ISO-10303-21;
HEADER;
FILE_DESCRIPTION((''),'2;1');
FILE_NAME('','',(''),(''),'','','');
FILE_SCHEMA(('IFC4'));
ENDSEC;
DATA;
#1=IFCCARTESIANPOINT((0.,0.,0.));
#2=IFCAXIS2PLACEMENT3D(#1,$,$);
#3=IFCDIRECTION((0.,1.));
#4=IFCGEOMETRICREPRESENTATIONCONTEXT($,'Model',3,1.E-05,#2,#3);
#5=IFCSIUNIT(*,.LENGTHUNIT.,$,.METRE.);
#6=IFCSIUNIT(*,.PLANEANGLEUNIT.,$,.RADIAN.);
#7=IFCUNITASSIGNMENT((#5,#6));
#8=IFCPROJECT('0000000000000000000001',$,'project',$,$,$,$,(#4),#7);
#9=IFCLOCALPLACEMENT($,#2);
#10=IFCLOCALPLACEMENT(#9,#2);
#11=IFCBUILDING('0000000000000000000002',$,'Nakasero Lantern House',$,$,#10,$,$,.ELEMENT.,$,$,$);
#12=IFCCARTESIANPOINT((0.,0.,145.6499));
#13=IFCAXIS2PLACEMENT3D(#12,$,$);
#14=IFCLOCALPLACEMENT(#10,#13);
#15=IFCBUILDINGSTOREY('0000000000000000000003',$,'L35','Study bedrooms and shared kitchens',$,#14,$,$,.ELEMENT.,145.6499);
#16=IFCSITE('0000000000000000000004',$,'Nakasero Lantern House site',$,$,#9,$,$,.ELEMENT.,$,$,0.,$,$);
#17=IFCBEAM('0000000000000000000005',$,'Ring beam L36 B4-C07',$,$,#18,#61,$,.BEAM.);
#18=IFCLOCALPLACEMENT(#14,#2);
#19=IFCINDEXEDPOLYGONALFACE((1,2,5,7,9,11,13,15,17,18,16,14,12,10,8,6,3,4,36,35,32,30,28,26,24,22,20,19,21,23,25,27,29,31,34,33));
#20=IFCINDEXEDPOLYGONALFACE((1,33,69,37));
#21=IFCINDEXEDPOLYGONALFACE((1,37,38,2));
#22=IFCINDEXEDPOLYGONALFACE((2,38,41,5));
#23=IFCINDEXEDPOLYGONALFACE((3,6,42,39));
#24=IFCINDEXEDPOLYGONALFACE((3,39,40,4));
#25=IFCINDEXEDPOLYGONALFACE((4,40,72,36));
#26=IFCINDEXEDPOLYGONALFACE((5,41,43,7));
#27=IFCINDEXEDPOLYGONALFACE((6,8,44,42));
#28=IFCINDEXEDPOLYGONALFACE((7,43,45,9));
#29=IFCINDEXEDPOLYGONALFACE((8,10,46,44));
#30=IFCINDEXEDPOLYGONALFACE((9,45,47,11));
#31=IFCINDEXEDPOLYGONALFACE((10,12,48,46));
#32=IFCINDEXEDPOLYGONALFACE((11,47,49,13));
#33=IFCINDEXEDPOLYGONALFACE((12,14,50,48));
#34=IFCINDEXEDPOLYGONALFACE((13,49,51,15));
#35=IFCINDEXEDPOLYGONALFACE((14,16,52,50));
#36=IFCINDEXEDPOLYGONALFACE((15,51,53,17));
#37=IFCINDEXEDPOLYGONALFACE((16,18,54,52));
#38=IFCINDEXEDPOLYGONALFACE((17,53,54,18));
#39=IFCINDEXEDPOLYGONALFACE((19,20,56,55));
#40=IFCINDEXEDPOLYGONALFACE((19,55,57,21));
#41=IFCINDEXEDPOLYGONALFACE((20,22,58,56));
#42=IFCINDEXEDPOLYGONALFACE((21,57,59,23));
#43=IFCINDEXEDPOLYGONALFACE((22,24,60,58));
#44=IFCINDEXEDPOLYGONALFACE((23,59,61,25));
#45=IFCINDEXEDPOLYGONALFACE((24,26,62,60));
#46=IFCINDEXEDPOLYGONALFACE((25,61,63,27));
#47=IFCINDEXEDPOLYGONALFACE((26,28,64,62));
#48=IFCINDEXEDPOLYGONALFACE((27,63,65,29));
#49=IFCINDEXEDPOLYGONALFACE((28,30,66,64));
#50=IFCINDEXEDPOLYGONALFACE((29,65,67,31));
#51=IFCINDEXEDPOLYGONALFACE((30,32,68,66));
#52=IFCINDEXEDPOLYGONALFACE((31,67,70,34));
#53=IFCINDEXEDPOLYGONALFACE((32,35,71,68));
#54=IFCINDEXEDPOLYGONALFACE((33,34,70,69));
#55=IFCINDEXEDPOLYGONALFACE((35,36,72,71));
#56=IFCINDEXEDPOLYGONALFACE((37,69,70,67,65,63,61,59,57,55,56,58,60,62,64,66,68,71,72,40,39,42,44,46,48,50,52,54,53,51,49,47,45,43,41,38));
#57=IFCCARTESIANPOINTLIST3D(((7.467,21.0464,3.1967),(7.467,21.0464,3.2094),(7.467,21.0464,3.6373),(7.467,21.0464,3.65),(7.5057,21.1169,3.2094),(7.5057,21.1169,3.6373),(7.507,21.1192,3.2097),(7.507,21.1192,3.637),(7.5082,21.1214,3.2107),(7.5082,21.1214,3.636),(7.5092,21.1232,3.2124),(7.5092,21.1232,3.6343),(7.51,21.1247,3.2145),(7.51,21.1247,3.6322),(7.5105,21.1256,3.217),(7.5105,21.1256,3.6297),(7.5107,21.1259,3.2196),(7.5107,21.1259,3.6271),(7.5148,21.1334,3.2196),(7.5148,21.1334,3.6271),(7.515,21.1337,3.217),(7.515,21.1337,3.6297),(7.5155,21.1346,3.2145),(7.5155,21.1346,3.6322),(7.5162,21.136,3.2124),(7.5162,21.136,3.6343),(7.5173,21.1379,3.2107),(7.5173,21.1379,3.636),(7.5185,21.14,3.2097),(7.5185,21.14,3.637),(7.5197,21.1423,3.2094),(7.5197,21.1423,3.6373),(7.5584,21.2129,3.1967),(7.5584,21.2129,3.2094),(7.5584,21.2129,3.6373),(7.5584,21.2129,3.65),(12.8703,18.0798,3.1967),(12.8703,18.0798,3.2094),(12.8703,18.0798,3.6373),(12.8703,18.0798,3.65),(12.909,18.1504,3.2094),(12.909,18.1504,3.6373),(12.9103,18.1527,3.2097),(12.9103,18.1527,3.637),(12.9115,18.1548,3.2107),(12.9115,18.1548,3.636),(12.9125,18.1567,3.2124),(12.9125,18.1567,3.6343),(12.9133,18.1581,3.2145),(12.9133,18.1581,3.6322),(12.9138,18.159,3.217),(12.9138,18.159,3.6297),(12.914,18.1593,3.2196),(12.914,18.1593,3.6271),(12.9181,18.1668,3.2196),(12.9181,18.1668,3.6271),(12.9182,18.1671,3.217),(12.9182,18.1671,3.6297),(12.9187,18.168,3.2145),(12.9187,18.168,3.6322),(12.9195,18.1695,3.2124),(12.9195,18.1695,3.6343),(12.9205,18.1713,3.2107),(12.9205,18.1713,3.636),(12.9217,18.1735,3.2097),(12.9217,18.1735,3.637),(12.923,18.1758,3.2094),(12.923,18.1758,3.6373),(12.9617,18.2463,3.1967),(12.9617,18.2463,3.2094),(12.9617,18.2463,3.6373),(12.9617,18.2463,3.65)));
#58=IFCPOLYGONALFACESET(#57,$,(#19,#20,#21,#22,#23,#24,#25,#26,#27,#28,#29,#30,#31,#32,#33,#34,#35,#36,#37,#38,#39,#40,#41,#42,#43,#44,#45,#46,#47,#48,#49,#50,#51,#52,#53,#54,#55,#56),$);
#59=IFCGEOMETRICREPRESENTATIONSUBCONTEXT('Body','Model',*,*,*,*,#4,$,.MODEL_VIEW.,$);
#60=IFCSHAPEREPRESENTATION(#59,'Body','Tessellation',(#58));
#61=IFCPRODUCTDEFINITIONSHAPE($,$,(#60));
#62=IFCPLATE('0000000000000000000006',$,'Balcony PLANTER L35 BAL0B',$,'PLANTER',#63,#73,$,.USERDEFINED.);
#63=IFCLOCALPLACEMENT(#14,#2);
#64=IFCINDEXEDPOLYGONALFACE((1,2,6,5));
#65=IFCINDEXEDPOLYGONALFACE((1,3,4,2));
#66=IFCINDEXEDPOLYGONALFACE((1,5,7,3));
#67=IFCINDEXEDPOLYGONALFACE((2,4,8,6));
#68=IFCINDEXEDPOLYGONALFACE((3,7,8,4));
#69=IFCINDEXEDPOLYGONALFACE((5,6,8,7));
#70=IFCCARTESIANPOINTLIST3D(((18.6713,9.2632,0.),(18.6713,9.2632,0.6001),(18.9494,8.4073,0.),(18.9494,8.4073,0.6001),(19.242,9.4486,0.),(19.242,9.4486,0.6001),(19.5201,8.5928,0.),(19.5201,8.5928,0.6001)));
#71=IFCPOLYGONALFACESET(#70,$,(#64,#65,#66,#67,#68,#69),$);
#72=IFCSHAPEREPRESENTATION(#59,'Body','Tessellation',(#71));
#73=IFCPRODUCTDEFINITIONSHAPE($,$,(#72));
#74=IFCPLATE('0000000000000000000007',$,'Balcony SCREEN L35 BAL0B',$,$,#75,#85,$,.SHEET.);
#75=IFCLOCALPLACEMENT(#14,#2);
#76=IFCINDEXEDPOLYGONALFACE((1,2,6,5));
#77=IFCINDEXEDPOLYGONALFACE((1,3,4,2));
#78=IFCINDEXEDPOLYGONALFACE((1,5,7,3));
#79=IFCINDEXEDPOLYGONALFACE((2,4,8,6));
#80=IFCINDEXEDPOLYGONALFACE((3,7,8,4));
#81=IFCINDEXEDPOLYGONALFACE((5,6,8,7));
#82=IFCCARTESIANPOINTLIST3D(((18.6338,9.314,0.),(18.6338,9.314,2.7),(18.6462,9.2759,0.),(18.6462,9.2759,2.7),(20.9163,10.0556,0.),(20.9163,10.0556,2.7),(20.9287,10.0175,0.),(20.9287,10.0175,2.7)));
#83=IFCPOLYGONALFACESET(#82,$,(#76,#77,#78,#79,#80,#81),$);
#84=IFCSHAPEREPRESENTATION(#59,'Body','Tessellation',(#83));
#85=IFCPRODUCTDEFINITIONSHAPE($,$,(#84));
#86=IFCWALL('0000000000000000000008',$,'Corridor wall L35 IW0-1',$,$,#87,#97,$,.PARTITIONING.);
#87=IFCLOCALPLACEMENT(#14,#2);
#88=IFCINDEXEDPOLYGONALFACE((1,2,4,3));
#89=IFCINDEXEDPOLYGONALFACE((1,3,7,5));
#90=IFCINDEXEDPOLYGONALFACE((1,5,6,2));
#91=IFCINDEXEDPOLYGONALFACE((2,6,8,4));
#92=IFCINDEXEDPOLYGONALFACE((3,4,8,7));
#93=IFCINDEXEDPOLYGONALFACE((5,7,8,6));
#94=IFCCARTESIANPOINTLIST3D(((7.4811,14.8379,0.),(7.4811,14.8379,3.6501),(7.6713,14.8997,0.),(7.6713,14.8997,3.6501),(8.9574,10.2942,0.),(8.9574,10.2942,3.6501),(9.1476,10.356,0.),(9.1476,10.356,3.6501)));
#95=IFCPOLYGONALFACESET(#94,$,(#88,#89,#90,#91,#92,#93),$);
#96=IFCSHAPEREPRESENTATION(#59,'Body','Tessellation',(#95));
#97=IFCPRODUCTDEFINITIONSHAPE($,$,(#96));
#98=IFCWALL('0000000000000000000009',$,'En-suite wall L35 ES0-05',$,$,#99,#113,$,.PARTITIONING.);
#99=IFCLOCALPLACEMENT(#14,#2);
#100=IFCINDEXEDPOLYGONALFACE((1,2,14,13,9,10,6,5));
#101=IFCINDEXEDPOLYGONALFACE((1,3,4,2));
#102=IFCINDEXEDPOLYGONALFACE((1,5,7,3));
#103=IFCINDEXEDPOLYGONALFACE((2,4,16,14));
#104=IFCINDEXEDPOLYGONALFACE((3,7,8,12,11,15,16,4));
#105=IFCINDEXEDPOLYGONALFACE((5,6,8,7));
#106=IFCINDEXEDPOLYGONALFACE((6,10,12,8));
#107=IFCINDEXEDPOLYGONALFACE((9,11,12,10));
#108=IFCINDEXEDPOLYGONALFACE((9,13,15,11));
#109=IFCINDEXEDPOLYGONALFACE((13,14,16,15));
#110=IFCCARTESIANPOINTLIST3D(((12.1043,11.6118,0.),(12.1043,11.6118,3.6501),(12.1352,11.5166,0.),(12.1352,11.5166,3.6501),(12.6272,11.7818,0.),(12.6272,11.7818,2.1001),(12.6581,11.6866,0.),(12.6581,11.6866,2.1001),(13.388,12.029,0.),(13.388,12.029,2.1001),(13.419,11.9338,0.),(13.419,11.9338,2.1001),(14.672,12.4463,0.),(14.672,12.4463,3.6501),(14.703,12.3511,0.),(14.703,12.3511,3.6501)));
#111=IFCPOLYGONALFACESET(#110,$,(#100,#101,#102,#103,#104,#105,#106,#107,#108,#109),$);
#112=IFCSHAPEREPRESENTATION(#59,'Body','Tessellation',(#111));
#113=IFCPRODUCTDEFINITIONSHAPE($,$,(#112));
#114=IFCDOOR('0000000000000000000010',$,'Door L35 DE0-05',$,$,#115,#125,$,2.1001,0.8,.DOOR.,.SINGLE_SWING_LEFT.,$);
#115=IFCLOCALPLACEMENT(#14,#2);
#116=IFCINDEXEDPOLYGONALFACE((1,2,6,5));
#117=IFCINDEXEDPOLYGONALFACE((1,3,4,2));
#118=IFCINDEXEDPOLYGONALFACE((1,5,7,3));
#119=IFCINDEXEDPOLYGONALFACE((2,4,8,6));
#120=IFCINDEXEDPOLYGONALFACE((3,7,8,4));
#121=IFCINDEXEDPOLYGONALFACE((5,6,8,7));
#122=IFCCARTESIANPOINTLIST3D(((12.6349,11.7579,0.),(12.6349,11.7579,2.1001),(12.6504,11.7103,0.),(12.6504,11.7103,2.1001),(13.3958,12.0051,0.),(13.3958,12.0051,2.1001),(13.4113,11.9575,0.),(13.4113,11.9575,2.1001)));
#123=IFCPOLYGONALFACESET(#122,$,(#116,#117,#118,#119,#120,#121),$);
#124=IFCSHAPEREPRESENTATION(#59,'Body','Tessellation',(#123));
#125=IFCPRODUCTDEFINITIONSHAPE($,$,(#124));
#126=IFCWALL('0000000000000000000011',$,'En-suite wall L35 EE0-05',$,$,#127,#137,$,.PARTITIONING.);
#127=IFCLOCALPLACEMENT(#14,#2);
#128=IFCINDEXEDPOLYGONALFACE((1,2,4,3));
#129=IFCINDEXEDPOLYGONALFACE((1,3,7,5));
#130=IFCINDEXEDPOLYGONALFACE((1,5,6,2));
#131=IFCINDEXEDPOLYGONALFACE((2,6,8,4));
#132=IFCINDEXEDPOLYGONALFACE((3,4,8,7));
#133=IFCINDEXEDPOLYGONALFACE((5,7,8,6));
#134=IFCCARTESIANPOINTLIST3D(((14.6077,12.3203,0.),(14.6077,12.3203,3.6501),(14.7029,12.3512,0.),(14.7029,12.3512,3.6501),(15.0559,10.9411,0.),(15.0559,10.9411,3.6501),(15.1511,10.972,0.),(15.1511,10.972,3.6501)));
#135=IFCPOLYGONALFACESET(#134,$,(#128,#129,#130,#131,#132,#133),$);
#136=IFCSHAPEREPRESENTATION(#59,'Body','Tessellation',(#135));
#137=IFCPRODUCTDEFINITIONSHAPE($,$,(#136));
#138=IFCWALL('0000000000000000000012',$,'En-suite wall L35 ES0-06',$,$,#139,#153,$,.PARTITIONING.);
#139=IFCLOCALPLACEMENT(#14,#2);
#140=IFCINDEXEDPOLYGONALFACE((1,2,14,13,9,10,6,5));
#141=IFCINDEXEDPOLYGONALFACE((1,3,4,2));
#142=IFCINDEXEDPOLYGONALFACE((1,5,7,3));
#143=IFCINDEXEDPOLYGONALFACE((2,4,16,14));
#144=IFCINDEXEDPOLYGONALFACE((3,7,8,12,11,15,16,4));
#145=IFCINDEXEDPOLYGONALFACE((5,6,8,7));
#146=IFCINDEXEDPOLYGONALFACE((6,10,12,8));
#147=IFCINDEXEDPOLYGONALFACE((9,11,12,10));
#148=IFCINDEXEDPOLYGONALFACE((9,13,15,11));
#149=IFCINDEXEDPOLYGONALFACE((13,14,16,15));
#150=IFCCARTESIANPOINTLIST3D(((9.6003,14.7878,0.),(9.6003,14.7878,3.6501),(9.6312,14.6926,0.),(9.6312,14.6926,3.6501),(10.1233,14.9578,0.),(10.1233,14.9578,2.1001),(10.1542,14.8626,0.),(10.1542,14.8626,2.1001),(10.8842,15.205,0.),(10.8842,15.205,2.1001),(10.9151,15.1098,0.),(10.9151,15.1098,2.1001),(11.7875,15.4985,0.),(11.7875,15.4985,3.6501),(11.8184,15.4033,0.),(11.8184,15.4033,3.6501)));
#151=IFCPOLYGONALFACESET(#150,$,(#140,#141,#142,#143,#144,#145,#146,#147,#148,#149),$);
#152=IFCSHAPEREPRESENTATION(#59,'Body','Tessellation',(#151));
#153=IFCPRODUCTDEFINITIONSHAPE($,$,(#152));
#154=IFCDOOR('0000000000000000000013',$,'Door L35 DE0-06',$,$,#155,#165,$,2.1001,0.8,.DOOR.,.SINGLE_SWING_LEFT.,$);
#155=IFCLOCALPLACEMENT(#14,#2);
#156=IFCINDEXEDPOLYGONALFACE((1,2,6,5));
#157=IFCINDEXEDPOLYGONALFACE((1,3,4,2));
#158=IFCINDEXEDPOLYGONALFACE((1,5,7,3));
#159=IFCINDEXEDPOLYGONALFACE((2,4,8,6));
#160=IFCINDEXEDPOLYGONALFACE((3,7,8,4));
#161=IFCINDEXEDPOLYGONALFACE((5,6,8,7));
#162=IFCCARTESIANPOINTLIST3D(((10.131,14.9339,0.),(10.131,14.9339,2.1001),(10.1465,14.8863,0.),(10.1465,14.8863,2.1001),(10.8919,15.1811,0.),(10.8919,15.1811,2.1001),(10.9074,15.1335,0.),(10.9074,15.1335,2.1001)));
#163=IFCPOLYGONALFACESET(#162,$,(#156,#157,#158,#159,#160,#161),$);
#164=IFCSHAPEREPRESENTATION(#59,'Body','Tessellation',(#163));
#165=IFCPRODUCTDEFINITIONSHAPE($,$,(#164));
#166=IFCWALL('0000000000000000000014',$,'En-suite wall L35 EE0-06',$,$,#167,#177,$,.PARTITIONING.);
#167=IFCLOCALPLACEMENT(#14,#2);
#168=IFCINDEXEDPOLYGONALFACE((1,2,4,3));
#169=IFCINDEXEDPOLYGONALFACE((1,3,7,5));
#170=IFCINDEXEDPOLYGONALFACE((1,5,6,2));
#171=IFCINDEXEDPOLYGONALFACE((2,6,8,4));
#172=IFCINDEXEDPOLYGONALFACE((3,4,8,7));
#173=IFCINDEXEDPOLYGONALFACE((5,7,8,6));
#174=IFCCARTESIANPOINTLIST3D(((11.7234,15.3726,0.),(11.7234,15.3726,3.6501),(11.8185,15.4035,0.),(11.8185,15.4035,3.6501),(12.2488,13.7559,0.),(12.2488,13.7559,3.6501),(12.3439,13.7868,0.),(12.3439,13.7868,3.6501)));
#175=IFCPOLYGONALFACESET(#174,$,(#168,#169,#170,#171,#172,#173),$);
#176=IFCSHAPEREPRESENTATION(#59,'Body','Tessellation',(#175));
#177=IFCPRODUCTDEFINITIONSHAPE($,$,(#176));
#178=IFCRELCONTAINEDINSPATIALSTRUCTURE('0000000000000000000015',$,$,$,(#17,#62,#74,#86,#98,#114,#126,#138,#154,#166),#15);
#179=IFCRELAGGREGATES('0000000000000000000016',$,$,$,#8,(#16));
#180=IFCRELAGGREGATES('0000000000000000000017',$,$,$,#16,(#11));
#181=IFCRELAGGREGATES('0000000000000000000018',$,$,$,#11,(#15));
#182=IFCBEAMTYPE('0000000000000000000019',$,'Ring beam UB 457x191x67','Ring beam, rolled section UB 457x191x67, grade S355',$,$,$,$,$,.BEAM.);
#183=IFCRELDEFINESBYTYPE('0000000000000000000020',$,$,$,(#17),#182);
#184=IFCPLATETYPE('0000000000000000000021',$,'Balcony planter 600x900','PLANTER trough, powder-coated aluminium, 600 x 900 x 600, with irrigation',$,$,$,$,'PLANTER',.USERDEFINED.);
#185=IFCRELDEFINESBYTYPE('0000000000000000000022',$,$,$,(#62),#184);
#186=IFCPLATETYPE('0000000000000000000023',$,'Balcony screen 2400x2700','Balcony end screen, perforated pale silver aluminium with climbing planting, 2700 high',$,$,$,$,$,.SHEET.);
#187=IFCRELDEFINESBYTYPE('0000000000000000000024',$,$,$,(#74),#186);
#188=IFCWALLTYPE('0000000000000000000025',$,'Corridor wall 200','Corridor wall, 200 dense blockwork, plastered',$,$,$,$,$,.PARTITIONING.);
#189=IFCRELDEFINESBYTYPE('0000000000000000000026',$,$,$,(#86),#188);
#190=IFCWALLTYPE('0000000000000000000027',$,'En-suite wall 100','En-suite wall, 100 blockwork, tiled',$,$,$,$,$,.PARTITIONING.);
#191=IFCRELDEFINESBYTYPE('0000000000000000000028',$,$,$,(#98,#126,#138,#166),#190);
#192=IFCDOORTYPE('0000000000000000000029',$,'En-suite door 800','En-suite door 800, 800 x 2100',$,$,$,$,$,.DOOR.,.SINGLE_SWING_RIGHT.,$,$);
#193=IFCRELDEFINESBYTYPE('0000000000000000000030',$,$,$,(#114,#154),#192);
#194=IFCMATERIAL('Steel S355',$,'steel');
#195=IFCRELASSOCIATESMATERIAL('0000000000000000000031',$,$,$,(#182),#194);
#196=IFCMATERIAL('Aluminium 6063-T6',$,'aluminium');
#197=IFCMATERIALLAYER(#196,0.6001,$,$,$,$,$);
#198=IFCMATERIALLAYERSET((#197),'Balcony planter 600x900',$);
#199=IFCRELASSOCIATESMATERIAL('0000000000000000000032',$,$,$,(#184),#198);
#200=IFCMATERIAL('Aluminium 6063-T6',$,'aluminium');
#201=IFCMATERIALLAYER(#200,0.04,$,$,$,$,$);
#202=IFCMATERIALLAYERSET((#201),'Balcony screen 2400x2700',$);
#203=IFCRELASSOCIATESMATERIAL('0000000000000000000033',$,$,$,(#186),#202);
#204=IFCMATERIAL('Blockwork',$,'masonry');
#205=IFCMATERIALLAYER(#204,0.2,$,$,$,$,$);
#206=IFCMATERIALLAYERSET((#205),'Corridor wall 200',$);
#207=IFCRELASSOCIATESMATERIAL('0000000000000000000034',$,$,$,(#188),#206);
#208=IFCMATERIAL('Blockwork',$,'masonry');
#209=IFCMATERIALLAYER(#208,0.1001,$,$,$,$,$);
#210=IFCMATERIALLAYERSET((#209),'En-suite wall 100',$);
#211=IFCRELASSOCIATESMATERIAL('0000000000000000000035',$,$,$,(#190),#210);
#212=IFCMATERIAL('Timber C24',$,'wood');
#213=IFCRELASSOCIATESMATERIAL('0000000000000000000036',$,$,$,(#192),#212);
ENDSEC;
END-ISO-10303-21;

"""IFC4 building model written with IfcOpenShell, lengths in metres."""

from ifc_helpers import new_model, si_unit, direction, frame, frame_2d, origin, origin_2d, place, context, subcontext, project, spatial, rectangle, i_section, extrude, material, layer, layer_set, material_profile, profile_set, type_object, element, fill, save


model = new_model("IFC4")

# Units and contexts
model_context = context("Model", 3, precision=1e-05, world=origin(), true_north=direction((0.0, 1.0)))
body_context = subcontext(model_context, "Body", "Model", "MODEL_VIEW")
ifc_project = project(units=[si_unit("LENGTHUNIT", "METRE"), si_unit("PLANEANGLEUNIT", "RADIAN")], contexts=[model_context])

# Site, building, storey
site_placement = place(None, origin())
site = spatial("IfcSite", under=ifc_project, at=site_placement, Name="Nakasero Lantern House site", CompositionType="ELEMENT", RefElevation=0.0)
building_placement = place(site_placement, origin())
building = spatial("IfcBuilding", under=site, at=building_placement, Name="Nakasero Lantern House", CompositionType="ELEMENT")
storey_placement = place(building_placement, frame((0.0, 0.0, 145.6499)))
storey = spatial("IfcBuildingStorey", under=building, at=storey_placement, Name="L35", Description="Study bedrooms and shared kitchens", CompositionType="ELEMENT", Elevation=145.6499)

# Beam
ifc_material_1 = material(Name="Steel S355", Category="steel")
ifc_material_profile_1 = material_profile(ifc_material_1, i_section(OverallWidth=0.1899, OverallDepth=0.4534, WebThickness=0.0085, FlangeThickness=0.0127, FilletRadius=0.0103, at=origin_2d()), Name="UB 457x191x67")
ifc_profile_set_1 = profile_set([ifc_material_profile_1], Name="Steel S355")
beam_type_1 = type_object("IfcBeamType", Name="Ring beam UB 457x191x67", Description="Ring beam, rolled section UB 457x191x67, grade S355", PredefinedType="BEAM", material=ifc_profile_set_1)
beam_1_placement = place(storey_placement, frame((12.916, 18.1631, 3.4233), z_axis=(-0.876577, 0.481262, 0.0), x_axis=(-0.481262, -0.876577, 0.0)))
element("IfcBeam", 1, at=beam_1_placement, inside=storey, type_object=beam_type_1, Name="Ring beam L36 B4-C07", PredefinedType="BEAM", context=body_context, shape_type="SweptSolid", body=[
    extrude(i_section(OverallWidth=0.1899, OverallDepth=0.4534, WebThickness=0.0085, FlangeThickness=0.0127, FilletRadius=0.0103, at=origin_2d()), origin(), (0.0, 0.0, 1.0), 6.1641),
])

# Plates
ifc_material_2 = material(Name="Aluminium 6063-T6", Category="aluminium")
ifc_layer_1 = layer(ifc_material_2, 0.6001)
ifc_layer_set_1 = layer_set([ifc_layer_1], Name="Balcony planter 600x900")
plate_type_1 = type_object("IfcPlateType", Name="Balcony planter 600x900", Description="PLANTER trough, powder-coated aluminium, 600 x 900 x 600, with irrigation", ElementType="PLANTER", PredefinedType="USERDEFINED", material=ifc_layer_set_1)
plate_1_placement = place(storey_placement, frame((19.0957, 8.928, 0.0), z_axis=(0.0, 0.0, 1.0), x_axis=(0.951057, 0.309017, 0.0)))
element("IfcPlate", 2, at=plate_1_placement, inside=storey, type_object=plate_type_1, Name="Balcony PLANTER L35 BAL0B", ObjectType="PLANTER", PredefinedType="USERDEFINED", context=body_context, shape_type="SweptSolid", body=[
    extrude(rectangle(XDim=0.6001, YDim=0.8999, at=origin_2d()), origin(), (0.0, 0.0, 1.0), 0.6001),
])
ifc_material_3 = material(Name="Aluminium 6063-T6", Category="aluminium")
ifc_layer_2 = layer(ifc_material_3, 0.04)
ifc_layer_set_2 = layer_set([ifc_layer_2], Name="Balcony screen 2400x2700")
plate_type_2 = type_object("IfcPlateType", Name="Balcony screen 2400x2700", Description="Balcony end screen, perforated pale silver aluminium with climbing planting, 2700 high", PredefinedType="SHEET", material=ifc_layer_set_2)
plate_2_placement = place(storey_placement, frame((19.7812, 9.6658, 0.0), z_axis=(0.0, 0.0, 1.0), x_axis=(0.951057, 0.309017, 0.0)))
element("IfcPlate", 3, at=plate_2_placement, inside=storey, type_object=plate_type_2, Name="Balcony SCREEN L35 BAL0B", PredefinedType="SHEET", context=body_context, shape_type="SweptSolid", body=[
    extrude(rectangle(XDim=2.3999, YDim=0.04, at=origin_2d()), origin(), (0.0, 0.0, 1.0), 2.7),
])

# Wall
ifc_material_4 = material(Name="Blockwork", Category="masonry")
ifc_layer_3 = layer(ifc_material_4, 0.2)
ifc_layer_set_3 = layer_set([ifc_layer_3], Name="Corridor wall 200")
wall_type_1 = type_object("IfcWallType", Name="Corridor wall 200", Description="Corridor wall, 200 dense blockwork, plastered", PredefinedType="PARTITIONING", material=ifc_layer_set_3)
wall_1_placement = place(storey_placement, frame((9.0525, 10.3252, 0.0), z_axis=(0.0, 0.0, 1.0), x_axis=(-0.309013, 0.951058, 0.0)))
element("IfcWall", 4, at=wall_1_placement, inside=storey, type_object=wall_type_1, Name="Corridor wall L35 IW0-1", PredefinedType="PARTITIONING", context=body_context, shape_type="SweptSolid", body=[
    extrude(rectangle(XDim=4.7776, YDim=0.2, at=frame_2d((2.3887, 0.0))), origin(), (0.0, 0.0, 1.0), 3.6501),
])

# Wall, opening, door
ifc_material_5 = material(Name="Blockwork", Category="masonry")
ifc_layer_4 = layer(ifc_material_5, 0.1001)
ifc_layer_set_4 = layer_set([ifc_layer_4], Name="En-suite wall 100")
wall_type_2 = type_object("IfcWallType", Name="En-suite wall 100", Description="En-suite wall, 100 blockwork, tiled", PredefinedType="PARTITIONING", material=ifc_layer_set_4)
wall_2_placement = place(storey_placement, frame((12.1196, 11.5642, 0.0), z_axis=(0.0, 0.0, 1.0), x_axis=(0.951043, 0.309057, 0.0)))
wall_2 = element("IfcWall", 5, at=wall_2_placement, inside=storey, type_object=wall_type_2, Name="En-suite wall L35 ES0-05", PredefinedType="PARTITIONING", context=body_context, shape_type="SweptSolid", body=[
    extrude(rectangle(XDim=2.7, YDim=0.1001, at=frame_2d((1.3501, 0.0))), origin(), (0.0, 0.0, 1.0), 3.6501),
])
opening_1_placement = place(wall_2_placement, frame((0.55, 0.0, 0.0)))
opening_1 = element("IfcOpeningElement", 6, at=opening_1_placement, cuts=wall_2, PredefinedType="OPENING", context=body_context, shape_type="SweptSolid", body=[
    extrude(rectangle(XDim=0.8, YDim=2.1001, at=frame_2d((0.3999, 1.05))), frame((0.0, 0.0701, 0.0), z_axis=(0.0, -1.0, 0.0), x_axis=(1.0, 0.0, 0.0)), (0.0, 0.0, 1.0), 0.1401),
])
ifc_material_6 = material(Name="Timber C24", Category="wood")
door_type = type_object("IfcDoorType", Name="En-suite door 800", Description="En-suite door 800, 800 x 2100", OperationType="SINGLE_SWING_RIGHT", PredefinedType="DOOR", material=ifc_material_6)
door_1_placement = place(opening_1_placement, origin())
door_1 = element("IfcDoor", 7, at=door_1_placement, inside=storey, type_object=door_type, Name="Door L35 DE0-05", OperationType="SINGLE_SWING_LEFT", OverallHeight=2.1001, OverallWidth=0.8, PredefinedType="DOOR", context=body_context, shape_type="SweptSolid", body=[
    extrude(rectangle(XDim=0.8, YDim=2.1001, at=frame_2d((0.3999, 1.05))), frame((0.0, 0.0249, 0.0), z_axis=(0.0, -1.0, 0.0), x_axis=(1.0, 0.0, 0.0)), (0.0, 0.0, 1.0), 0.05),
])
fill(opening_1, door_1)

# Wall
wall_3_placement = place(storey_placement, frame((15.1035, 10.9565, 0.0), z_axis=(0.0, 0.0, 1.0), x_axis=(-0.309097, 0.95103, 0.0)))
element("IfcWall", 8, at=wall_3_placement, inside=storey, type_object=wall_type_2, Name="En-suite wall L35 EE0-05", PredefinedType="PARTITIONING", context=body_context, shape_type="SweptSolid", body=[
    extrude(rectangle(XDim=1.4502, YDim=0.1001, at=frame_2d((0.7251, 0.0))), origin(), (0.0, 0.0, 1.0), 3.6501),
])

# Wall, opening, door
wall_4_placement = place(storey_placement, frame((9.6157, 14.7402, 0.0), z_axis=(0.0, 0.0, 1.0), x_axis=(0.951055, 0.309021, 0.0)))
wall_4 = element("IfcWall", 9, at=wall_4_placement, inside=storey, type_object=wall_type_2, Name="En-suite wall L35 ES0-06", PredefinedType="PARTITIONING", context=body_context, shape_type="SweptSolid", body=[
    extrude(rectangle(XDim=2.2998, YDim=0.1001, at=frame_2d((1.1499, 0.0))), origin(), (0.0, 0.0, 1.0), 3.6501),
])
opening_2_placement = place(wall_4_placement, frame((0.55, 0.0, 0.0)))
opening_2 = element("IfcOpeningElement", 10, at=opening_2_placement, cuts=wall_4, PredefinedType="OPENING", context=body_context, shape_type="SweptSolid", body=[
    extrude(rectangle(XDim=0.8, YDim=2.1001, at=frame_2d((0.3999, 1.05))), frame((0.0, 0.0701, 0.0), z_axis=(0.0, -1.0, 0.0), x_axis=(1.0, 0.0, 0.0)), (0.0, 0.0, 1.0), 0.1401),
])
door_2_placement = place(opening_2_placement, origin())
door_2 = element("IfcDoor", 11, at=door_2_placement, inside=storey, type_object=door_type, Name="Door L35 DE0-06", OperationType="SINGLE_SWING_LEFT", OverallHeight=2.1001, OverallWidth=0.8, PredefinedType="DOOR", context=body_context, shape_type="SweptSolid", body=[
    extrude(rectangle(XDim=0.8, YDim=2.1001, at=frame_2d((0.3999, 1.05))), frame((0.0, 0.0249, 0.0), z_axis=(0.0, -1.0, 0.0), x_axis=(1.0, 0.0, 0.0)), (0.0, 0.0, 1.0), 0.05),
])
fill(opening_2, door_2)

# Wall
wall_5_placement = place(storey_placement, frame((12.2964, 13.7712, 0.0), z_axis=(0.0, 0.0, 1.0), x_axis=(-0.309067, 0.95104, 0.0)))
element("IfcWall", 12, at=wall_5_placement, inside=storey, type_object=wall_type_2, Name="En-suite wall L35 EE0-06", PredefinedType="PARTITIONING", context=body_context, shape_type="SweptSolid", body=[
    extrude(rectangle(XDim=1.7, YDim=0.1001, at=frame_2d((0.8501, 0.0))), origin(), (0.0, 0.0, 1.0), 3.6501),
])

save(model, "model.ifc")
